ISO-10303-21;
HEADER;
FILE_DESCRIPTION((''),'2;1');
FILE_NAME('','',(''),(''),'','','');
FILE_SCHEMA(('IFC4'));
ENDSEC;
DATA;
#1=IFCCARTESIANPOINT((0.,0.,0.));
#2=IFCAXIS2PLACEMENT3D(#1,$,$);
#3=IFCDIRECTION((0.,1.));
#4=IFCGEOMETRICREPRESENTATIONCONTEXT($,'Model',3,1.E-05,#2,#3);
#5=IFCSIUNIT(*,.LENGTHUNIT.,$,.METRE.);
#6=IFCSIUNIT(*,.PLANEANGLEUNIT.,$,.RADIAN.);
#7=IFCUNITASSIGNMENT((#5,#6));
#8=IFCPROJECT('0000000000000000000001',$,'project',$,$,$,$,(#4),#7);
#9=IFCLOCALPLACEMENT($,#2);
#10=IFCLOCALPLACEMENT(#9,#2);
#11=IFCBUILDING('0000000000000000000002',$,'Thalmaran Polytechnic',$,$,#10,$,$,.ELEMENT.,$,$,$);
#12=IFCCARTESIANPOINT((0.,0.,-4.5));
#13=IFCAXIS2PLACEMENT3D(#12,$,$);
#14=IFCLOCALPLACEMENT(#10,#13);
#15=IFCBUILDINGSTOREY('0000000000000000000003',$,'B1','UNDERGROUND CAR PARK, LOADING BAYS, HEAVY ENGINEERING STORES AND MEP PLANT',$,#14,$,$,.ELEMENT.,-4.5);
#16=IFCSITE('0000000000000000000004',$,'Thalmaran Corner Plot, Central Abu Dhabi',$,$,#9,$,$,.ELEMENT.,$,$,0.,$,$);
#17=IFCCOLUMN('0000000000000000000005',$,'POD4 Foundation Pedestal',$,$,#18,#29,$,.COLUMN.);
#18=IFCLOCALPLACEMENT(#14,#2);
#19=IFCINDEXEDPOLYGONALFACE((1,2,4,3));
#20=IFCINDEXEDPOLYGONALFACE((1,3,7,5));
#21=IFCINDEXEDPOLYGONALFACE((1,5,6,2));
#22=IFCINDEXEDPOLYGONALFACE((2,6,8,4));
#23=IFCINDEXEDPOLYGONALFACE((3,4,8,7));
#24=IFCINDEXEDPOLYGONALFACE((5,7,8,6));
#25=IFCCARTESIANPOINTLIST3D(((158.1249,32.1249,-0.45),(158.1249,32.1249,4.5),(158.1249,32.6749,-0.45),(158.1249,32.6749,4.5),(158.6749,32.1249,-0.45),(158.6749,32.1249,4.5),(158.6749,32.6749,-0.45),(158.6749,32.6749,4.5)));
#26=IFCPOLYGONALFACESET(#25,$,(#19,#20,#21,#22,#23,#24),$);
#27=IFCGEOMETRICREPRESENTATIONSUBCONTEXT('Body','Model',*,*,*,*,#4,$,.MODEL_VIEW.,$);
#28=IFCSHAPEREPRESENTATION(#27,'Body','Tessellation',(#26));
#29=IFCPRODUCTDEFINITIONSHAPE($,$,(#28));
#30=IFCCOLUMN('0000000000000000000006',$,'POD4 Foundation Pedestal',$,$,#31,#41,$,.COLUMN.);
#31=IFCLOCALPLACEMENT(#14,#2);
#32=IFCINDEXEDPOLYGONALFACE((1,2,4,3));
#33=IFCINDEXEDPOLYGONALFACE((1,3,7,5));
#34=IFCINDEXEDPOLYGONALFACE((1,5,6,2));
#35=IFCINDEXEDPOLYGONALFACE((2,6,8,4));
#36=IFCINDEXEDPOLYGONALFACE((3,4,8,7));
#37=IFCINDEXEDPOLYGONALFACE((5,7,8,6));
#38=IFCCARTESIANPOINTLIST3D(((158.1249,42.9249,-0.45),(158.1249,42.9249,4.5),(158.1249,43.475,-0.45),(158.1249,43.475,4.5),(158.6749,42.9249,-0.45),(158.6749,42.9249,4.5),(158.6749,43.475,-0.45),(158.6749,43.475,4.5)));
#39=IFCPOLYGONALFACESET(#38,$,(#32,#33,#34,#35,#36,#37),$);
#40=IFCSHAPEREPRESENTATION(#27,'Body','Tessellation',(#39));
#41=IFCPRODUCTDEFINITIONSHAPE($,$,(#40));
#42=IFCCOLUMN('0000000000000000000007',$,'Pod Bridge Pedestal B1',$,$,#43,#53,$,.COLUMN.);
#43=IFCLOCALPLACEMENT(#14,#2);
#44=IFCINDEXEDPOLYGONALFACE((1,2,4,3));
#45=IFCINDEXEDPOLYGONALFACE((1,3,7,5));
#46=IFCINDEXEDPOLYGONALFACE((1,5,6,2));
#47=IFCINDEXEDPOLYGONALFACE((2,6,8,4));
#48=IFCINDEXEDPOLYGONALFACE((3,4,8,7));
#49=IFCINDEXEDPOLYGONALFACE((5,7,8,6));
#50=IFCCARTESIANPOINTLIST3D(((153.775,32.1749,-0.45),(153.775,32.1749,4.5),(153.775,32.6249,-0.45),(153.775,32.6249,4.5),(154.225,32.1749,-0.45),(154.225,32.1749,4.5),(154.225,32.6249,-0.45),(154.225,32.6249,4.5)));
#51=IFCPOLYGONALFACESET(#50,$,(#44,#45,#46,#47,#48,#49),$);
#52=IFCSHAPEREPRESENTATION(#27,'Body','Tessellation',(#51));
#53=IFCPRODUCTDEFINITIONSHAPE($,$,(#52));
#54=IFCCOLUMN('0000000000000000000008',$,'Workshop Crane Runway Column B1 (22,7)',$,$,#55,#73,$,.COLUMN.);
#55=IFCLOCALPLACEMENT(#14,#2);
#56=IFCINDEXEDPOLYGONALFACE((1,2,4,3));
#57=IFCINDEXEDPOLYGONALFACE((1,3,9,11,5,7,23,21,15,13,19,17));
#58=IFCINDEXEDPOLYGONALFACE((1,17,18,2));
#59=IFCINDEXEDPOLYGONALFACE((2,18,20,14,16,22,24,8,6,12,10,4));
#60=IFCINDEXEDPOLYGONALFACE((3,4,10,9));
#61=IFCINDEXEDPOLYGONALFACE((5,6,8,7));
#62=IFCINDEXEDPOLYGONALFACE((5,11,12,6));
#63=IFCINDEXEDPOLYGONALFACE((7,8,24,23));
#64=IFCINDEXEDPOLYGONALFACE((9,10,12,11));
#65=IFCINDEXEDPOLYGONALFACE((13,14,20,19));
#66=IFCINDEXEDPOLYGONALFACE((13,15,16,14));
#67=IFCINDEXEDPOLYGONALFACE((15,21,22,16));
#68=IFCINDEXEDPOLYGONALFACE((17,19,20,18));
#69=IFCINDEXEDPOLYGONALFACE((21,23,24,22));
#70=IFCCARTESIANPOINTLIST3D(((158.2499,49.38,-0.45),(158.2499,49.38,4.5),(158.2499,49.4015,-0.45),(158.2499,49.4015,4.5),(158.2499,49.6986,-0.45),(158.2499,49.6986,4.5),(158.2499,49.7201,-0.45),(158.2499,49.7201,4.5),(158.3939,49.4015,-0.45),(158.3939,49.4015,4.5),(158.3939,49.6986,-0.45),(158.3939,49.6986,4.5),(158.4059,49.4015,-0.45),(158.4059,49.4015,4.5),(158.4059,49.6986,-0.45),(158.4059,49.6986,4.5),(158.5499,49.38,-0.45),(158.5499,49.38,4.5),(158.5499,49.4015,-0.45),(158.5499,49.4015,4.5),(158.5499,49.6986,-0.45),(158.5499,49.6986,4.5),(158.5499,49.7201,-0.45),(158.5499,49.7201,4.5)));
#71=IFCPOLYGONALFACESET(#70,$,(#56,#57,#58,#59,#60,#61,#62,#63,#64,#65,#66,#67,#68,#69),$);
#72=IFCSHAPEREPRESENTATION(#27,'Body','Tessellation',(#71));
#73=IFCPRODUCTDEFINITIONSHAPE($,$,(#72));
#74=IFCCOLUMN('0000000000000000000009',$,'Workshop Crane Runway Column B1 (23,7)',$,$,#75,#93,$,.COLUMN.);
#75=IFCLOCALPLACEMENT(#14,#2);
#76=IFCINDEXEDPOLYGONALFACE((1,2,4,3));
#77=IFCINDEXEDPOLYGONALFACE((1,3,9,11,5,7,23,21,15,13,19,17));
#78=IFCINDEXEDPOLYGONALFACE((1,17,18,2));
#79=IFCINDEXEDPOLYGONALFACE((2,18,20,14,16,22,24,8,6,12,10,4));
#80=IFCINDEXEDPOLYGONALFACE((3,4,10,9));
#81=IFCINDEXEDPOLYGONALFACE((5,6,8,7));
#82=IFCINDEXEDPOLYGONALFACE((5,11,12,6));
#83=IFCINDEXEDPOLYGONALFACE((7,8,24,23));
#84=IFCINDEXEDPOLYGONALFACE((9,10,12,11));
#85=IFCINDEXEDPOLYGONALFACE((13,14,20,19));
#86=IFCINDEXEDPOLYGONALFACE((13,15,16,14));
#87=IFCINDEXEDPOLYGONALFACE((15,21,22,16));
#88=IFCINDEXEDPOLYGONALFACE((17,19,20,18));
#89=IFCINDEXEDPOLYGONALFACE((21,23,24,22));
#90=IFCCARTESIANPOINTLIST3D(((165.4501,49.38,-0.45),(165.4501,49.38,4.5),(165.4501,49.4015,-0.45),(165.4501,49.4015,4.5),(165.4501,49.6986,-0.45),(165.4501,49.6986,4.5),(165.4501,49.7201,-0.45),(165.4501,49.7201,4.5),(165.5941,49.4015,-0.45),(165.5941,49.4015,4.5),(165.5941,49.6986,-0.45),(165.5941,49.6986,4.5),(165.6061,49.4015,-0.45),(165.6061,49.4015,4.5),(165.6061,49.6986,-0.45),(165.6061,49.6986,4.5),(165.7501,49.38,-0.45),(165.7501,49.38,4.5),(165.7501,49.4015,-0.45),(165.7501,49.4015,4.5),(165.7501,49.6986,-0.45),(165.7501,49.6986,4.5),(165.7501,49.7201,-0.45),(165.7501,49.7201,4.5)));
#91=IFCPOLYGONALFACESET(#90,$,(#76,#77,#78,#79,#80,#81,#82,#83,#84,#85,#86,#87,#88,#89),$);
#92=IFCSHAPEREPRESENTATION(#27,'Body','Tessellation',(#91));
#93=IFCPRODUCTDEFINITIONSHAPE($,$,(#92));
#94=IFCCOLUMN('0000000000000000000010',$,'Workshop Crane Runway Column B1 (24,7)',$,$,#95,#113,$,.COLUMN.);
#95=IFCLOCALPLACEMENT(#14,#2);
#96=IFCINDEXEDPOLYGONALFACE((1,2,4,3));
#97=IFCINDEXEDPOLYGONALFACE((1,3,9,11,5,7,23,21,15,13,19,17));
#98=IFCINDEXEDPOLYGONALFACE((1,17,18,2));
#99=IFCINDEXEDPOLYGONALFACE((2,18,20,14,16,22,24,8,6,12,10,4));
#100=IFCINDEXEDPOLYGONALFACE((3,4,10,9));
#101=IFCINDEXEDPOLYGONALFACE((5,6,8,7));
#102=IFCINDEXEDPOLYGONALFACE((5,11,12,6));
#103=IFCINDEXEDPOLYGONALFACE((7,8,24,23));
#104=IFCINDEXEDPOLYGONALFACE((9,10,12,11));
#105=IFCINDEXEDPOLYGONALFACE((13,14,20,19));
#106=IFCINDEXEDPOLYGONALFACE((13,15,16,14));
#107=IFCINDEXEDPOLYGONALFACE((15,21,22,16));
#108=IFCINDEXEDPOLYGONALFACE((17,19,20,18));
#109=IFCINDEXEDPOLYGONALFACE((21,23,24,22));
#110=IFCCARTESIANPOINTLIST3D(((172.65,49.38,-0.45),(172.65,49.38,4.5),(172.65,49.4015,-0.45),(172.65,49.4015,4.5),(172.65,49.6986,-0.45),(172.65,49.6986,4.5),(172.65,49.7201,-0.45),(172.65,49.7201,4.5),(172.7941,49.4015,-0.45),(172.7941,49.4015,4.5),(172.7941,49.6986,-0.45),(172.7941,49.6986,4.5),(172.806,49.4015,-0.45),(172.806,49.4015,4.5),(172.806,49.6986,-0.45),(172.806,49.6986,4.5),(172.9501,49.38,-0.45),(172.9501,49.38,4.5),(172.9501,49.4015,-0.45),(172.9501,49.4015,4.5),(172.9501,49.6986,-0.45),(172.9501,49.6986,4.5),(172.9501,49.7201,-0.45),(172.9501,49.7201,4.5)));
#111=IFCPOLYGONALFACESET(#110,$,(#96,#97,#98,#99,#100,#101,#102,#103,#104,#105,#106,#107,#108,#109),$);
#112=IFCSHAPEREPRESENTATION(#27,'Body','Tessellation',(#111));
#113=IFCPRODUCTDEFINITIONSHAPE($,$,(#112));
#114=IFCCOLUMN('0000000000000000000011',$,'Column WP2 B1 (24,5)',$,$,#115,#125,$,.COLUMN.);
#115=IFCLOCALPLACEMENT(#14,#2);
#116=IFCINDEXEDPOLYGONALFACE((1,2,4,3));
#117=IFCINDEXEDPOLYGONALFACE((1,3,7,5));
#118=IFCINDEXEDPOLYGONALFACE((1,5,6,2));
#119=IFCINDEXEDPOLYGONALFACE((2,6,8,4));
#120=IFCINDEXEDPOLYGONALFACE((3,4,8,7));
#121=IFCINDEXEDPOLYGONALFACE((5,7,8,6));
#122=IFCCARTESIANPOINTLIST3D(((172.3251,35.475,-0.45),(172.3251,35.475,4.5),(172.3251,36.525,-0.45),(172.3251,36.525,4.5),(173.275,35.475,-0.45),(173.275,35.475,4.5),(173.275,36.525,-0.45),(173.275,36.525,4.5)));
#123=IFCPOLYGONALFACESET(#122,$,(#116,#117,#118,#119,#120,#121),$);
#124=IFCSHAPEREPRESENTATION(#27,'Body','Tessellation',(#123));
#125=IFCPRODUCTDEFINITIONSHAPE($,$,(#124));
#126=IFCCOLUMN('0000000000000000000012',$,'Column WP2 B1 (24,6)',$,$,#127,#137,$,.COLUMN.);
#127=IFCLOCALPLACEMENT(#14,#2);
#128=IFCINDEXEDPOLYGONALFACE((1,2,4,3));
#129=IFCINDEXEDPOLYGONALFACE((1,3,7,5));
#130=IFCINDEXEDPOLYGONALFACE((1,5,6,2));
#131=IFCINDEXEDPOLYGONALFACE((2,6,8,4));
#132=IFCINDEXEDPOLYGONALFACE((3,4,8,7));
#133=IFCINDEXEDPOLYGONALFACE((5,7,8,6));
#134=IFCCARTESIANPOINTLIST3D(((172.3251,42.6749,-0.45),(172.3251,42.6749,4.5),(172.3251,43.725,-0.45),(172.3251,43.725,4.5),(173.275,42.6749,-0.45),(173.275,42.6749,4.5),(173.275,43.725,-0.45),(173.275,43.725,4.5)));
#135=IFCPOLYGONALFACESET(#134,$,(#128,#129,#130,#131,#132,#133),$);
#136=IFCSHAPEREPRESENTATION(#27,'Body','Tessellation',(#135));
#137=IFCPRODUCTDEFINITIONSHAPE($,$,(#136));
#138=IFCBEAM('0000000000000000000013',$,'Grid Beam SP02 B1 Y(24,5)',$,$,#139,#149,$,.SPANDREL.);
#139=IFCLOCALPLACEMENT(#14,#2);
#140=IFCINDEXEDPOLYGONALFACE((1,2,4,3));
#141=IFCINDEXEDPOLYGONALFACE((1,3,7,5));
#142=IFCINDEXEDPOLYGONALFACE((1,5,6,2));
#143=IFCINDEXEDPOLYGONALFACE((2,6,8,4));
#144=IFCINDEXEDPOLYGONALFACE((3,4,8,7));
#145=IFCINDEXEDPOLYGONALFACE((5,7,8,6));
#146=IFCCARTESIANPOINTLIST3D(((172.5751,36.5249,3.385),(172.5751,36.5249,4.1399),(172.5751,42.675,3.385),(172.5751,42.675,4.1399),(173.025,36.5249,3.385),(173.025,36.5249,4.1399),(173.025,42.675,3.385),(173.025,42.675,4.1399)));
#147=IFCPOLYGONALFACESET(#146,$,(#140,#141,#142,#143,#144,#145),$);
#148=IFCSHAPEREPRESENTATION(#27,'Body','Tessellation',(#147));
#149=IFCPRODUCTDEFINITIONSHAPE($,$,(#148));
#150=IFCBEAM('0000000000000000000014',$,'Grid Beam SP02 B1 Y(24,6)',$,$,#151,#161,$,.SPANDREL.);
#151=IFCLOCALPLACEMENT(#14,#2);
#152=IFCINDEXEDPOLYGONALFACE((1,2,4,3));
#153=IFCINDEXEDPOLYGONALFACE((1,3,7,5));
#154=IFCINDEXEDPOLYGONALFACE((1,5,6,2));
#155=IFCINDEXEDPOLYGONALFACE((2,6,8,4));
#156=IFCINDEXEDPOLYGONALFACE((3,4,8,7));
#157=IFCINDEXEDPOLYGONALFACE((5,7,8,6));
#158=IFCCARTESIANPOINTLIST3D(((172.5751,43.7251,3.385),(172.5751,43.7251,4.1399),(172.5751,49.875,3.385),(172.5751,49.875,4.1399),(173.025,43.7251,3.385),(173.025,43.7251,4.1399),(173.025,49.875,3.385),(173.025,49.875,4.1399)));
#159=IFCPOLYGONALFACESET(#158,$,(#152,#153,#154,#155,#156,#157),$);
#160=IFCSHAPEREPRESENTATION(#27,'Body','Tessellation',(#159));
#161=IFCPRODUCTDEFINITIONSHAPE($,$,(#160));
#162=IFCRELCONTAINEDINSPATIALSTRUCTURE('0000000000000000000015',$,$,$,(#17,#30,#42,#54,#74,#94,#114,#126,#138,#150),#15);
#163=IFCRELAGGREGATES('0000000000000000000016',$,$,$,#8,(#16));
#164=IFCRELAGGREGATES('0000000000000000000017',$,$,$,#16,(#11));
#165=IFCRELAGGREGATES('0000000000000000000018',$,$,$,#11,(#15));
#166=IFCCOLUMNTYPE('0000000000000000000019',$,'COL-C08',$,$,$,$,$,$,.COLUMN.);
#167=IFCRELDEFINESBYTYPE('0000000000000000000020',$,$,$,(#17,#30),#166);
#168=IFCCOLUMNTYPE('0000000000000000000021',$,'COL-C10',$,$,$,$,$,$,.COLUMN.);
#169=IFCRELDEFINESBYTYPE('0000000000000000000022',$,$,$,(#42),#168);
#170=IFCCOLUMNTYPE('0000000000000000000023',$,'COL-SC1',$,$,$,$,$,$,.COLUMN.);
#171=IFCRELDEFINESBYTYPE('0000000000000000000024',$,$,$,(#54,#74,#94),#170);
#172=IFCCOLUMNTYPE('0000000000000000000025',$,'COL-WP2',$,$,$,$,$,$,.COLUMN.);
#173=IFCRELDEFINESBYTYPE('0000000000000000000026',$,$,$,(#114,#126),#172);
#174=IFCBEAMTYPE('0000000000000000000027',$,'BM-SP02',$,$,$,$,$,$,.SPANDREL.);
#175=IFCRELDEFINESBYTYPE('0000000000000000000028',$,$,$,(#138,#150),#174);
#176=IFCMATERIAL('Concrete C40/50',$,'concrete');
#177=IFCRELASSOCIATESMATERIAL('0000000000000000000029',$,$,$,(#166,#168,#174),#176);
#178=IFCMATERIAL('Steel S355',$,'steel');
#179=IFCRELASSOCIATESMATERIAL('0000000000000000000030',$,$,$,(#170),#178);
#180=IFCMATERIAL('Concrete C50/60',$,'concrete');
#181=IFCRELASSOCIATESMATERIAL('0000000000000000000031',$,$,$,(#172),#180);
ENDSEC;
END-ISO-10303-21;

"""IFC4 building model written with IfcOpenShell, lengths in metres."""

from ifc_helpers import new_model, si_unit, direction, frame, origin, origin_2d, place, context, subcontext, project, spatial, rectangle, i_section, extrude, material, material_profile, profile_set, type_object, element, save


model = new_model("IFC4")

# Units and contexts
model_context = context("Model", 3, precision=1e-05, world=origin(), true_north=direction((0.0, 1.0)))
body_context = subcontext(model_context, "Body", "Model", "MODEL_VIEW")
ifc_project = project(units=[si_unit("LENGTHUNIT", "METRE"), si_unit("PLANEANGLEUNIT", "RADIAN")], contexts=[model_context])

# Site, building, storey
site_placement = place(None, origin())
site = spatial("IfcSite", under=ifc_project, at=site_placement, Name="Thalmaran Corner Plot, Central Abu Dhabi", CompositionType="ELEMENT", RefElevation=0.0)
building_placement = place(site_placement, origin())
building = spatial("IfcBuilding", under=site, at=building_placement, Name="Thalmaran Polytechnic", CompositionType="ELEMENT")
storey_placement = place(building_placement, frame((0.0, 0.0, -4.5)))
storey = spatial("IfcBuildingStorey", under=building, at=storey_placement, Name="B1", Description="UNDERGROUND CAR PARK, LOADING BAYS, HEAVY ENGINEERING STORES AND MEP PLANT", CompositionType="ELEMENT", Elevation=-4.5)

# Shared definitions
ifc_material_1 = material(Name="Concrete C40/50", Category="concrete")

# Columns
ifc_material_profile_1 = material_profile(ifc_material_1, rectangle(XDim=0.55, YDim=0.55, at=origin_2d()), Name="RC 550x550")
ifc_profile_set_1 = profile_set([ifc_material_profile_1], Name="Concrete C40/50")
column_type_1 = type_object("IfcColumnType", Name="COL-C08", PredefinedType="COLUMN", material=ifc_profile_set_1)
for number, where, z_axis, x_axis, name in (
    (1, (158.3999, 32.3999, -0.45), (0.0, 0.0, 1.0), (1.0, 0.0, 0.0), "POD4 Foundation Pedestal"),
    (2, (158.3999, 43.2, -0.45), (0.0, 0.0, 1.0), (1.0, 0.0, 0.0), "POD4 Foundation Pedestal"),
):
    element("IfcColumn", number, at=place(storey_placement, frame(where, z_axis=z_axis, x_axis=x_axis)), inside=storey, type_object=column_type_1, Name=name, PredefinedType="COLUMN", context=body_context, shape_type="SweptSolid", body=[
        extrude(rectangle(XDim=0.55, YDim=0.55, at=origin_2d()), origin(), (0.0, 0.0, 1.0), 4.95),
    ])
ifc_material_profile_2 = material_profile(ifc_material_1, rectangle(XDim=0.45, YDim=0.45, at=origin_2d()), Name="RC 450x450")
ifc_profile_set_2 = profile_set([ifc_material_profile_2], Name="Concrete C40/50")
column_type_2 = type_object("IfcColumnType", Name="COL-C10", PredefinedType="COLUMN", material=ifc_profile_set_2)
column_placement = place(storey_placement, frame((154.0, 32.3999, -0.45), z_axis=(0.0, 0.0, 1.0), x_axis=(1.0, 0.0, 0.0)))
element("IfcColumn", 3, at=column_placement, inside=storey, type_object=column_type_2, Name="Pod Bridge Pedestal B1", PredefinedType="COLUMN", context=body_context, shape_type="SweptSolid", body=[
    extrude(rectangle(XDim=0.45, YDim=0.45, at=origin_2d()), origin(), (0.0, 0.0, 1.0), 4.95),
])
ifc_material_2 = material(Name="Steel S355", Category="steel")
ifc_material_profile_3 = material_profile(ifc_material_2, i_section(OverallWidth=0.3, OverallDepth=0.3401, WebThickness=0.012, FlangeThickness=0.0215, at=origin_2d()), Name="HEB 340")
ifc_profile_set_3 = profile_set([ifc_material_profile_3], Name="Steel S355")
column_type_3 = type_object("IfcColumnType", Name="COL-SC1", PredefinedType="COLUMN", material=ifc_profile_set_3)
for number, where, z_axis, x_axis, name in (
    (4, (158.3999, 49.55, -0.45), (0.0, 0.0, 1.0), (1.0, 0.0, 0.0), "Workshop Crane Runway Column B1 (22,7)"),
    (5, (165.6001, 49.55, -0.45), (0.0, 0.0, 1.0), (1.0, 0.0, 0.0), "Workshop Crane Runway Column B1 (23,7)"),
    (6, (172.8, 49.55, -0.45), (0.0, 0.0, 1.0), (1.0, 0.0, 0.0), "Workshop Crane Runway Column B1 (24,7)"),
):
    element("IfcColumn", number, at=place(storey_placement, frame(where, z_axis=z_axis, x_axis=x_axis)), inside=storey, type_object=column_type_3, Name=name, PredefinedType="COLUMN", context=body_context, shape_type="SweptSolid", body=[
        extrude(i_section(OverallWidth=0.3, OverallDepth=0.3401, WebThickness=0.012, FlangeThickness=0.0215, at=origin_2d()), origin(), (0.0, 0.0, 1.0), 4.95),
    ])
ifc_material_3 = material(Name="Concrete C50/60", Category="concrete")
ifc_material_profile_4 = material_profile(ifc_material_3, rectangle(XDim=0.95, YDim=1.05, at=origin_2d()), Name="RC 950x1050")
ifc_profile_set_4 = profile_set([ifc_material_profile_4], Name="Concrete C50/60")
column_type_4 = type_object("IfcColumnType", Name="COL-WP2", PredefinedType="COLUMN", material=ifc_profile_set_4)
for number, where, z_axis, x_axis, name in (
    (7, (172.8, 36.0, -0.45), (0.0, 0.0, 1.0), (1.0, 0.0, 0.0), "Column WP2 B1 (24,5)"),
    (8, (172.8, 43.2, -0.45), (0.0, 0.0, 1.0), (1.0, 0.0, 0.0), "Column WP2 B1 (24,6)"),
):
    element("IfcColumn", number, at=place(storey_placement, frame(where, z_axis=z_axis, x_axis=x_axis)), inside=storey, type_object=column_type_4, Name=name, PredefinedType="COLUMN", context=body_context, shape_type="SweptSolid", body=[
        extrude(rectangle(XDim=0.95, YDim=1.05, at=origin_2d()), origin(), (0.0, 0.0, 1.0), 4.95),
    ])

# Beams
ifc_material_profile_5 = material_profile(ifc_material_1, rectangle(XDim=0.45, YDim=0.7549, at=origin_2d()), Name="RC 450x755")
ifc_profile_set_5 = profile_set([ifc_material_profile_5], Name="Concrete C40/50")
beam_type = type_object("IfcBeamType", Name="BM-SP02", PredefinedType="SPANDREL", material=ifc_profile_set_5)
beam_1_placement = place(storey_placement, frame((172.8, 36.5249, 3.7625), z_axis=(0.0, 1.0, 0.0), x_axis=(-1.0, 0.0, 0.0)))
element("IfcBeam", 9, at=beam_1_placement, inside=storey, type_object=beam_type, Name="Grid Beam SP02 B1 Y(24,5)", PredefinedType="SPANDREL", context=body_context, shape_type="SweptSolid", body=[
    extrude(rectangle(XDim=0.45, YDim=0.7549, at=origin_2d()), origin(), (0.0, 0.0, 1.0), 6.1501),
])
beam_2_placement = place(storey_placement, frame((172.8, 43.7251, 3.7625), z_axis=(0.0, 1.0, 0.0), x_axis=(-1.0, 0.0, 0.0)))
element("IfcBeam", 10, at=beam_2_placement, inside=storey, type_object=beam_type, Name="Grid Beam SP02 B1 Y(24,6)", PredefinedType="SPANDREL", context=body_context, shape_type="SweptSolid", body=[
    extrude(rectangle(XDim=0.45, YDim=0.7549, at=origin_2d()), origin(), (0.0, 0.0, 1.0), 6.1499),
])

save(model, "model.ifc")
